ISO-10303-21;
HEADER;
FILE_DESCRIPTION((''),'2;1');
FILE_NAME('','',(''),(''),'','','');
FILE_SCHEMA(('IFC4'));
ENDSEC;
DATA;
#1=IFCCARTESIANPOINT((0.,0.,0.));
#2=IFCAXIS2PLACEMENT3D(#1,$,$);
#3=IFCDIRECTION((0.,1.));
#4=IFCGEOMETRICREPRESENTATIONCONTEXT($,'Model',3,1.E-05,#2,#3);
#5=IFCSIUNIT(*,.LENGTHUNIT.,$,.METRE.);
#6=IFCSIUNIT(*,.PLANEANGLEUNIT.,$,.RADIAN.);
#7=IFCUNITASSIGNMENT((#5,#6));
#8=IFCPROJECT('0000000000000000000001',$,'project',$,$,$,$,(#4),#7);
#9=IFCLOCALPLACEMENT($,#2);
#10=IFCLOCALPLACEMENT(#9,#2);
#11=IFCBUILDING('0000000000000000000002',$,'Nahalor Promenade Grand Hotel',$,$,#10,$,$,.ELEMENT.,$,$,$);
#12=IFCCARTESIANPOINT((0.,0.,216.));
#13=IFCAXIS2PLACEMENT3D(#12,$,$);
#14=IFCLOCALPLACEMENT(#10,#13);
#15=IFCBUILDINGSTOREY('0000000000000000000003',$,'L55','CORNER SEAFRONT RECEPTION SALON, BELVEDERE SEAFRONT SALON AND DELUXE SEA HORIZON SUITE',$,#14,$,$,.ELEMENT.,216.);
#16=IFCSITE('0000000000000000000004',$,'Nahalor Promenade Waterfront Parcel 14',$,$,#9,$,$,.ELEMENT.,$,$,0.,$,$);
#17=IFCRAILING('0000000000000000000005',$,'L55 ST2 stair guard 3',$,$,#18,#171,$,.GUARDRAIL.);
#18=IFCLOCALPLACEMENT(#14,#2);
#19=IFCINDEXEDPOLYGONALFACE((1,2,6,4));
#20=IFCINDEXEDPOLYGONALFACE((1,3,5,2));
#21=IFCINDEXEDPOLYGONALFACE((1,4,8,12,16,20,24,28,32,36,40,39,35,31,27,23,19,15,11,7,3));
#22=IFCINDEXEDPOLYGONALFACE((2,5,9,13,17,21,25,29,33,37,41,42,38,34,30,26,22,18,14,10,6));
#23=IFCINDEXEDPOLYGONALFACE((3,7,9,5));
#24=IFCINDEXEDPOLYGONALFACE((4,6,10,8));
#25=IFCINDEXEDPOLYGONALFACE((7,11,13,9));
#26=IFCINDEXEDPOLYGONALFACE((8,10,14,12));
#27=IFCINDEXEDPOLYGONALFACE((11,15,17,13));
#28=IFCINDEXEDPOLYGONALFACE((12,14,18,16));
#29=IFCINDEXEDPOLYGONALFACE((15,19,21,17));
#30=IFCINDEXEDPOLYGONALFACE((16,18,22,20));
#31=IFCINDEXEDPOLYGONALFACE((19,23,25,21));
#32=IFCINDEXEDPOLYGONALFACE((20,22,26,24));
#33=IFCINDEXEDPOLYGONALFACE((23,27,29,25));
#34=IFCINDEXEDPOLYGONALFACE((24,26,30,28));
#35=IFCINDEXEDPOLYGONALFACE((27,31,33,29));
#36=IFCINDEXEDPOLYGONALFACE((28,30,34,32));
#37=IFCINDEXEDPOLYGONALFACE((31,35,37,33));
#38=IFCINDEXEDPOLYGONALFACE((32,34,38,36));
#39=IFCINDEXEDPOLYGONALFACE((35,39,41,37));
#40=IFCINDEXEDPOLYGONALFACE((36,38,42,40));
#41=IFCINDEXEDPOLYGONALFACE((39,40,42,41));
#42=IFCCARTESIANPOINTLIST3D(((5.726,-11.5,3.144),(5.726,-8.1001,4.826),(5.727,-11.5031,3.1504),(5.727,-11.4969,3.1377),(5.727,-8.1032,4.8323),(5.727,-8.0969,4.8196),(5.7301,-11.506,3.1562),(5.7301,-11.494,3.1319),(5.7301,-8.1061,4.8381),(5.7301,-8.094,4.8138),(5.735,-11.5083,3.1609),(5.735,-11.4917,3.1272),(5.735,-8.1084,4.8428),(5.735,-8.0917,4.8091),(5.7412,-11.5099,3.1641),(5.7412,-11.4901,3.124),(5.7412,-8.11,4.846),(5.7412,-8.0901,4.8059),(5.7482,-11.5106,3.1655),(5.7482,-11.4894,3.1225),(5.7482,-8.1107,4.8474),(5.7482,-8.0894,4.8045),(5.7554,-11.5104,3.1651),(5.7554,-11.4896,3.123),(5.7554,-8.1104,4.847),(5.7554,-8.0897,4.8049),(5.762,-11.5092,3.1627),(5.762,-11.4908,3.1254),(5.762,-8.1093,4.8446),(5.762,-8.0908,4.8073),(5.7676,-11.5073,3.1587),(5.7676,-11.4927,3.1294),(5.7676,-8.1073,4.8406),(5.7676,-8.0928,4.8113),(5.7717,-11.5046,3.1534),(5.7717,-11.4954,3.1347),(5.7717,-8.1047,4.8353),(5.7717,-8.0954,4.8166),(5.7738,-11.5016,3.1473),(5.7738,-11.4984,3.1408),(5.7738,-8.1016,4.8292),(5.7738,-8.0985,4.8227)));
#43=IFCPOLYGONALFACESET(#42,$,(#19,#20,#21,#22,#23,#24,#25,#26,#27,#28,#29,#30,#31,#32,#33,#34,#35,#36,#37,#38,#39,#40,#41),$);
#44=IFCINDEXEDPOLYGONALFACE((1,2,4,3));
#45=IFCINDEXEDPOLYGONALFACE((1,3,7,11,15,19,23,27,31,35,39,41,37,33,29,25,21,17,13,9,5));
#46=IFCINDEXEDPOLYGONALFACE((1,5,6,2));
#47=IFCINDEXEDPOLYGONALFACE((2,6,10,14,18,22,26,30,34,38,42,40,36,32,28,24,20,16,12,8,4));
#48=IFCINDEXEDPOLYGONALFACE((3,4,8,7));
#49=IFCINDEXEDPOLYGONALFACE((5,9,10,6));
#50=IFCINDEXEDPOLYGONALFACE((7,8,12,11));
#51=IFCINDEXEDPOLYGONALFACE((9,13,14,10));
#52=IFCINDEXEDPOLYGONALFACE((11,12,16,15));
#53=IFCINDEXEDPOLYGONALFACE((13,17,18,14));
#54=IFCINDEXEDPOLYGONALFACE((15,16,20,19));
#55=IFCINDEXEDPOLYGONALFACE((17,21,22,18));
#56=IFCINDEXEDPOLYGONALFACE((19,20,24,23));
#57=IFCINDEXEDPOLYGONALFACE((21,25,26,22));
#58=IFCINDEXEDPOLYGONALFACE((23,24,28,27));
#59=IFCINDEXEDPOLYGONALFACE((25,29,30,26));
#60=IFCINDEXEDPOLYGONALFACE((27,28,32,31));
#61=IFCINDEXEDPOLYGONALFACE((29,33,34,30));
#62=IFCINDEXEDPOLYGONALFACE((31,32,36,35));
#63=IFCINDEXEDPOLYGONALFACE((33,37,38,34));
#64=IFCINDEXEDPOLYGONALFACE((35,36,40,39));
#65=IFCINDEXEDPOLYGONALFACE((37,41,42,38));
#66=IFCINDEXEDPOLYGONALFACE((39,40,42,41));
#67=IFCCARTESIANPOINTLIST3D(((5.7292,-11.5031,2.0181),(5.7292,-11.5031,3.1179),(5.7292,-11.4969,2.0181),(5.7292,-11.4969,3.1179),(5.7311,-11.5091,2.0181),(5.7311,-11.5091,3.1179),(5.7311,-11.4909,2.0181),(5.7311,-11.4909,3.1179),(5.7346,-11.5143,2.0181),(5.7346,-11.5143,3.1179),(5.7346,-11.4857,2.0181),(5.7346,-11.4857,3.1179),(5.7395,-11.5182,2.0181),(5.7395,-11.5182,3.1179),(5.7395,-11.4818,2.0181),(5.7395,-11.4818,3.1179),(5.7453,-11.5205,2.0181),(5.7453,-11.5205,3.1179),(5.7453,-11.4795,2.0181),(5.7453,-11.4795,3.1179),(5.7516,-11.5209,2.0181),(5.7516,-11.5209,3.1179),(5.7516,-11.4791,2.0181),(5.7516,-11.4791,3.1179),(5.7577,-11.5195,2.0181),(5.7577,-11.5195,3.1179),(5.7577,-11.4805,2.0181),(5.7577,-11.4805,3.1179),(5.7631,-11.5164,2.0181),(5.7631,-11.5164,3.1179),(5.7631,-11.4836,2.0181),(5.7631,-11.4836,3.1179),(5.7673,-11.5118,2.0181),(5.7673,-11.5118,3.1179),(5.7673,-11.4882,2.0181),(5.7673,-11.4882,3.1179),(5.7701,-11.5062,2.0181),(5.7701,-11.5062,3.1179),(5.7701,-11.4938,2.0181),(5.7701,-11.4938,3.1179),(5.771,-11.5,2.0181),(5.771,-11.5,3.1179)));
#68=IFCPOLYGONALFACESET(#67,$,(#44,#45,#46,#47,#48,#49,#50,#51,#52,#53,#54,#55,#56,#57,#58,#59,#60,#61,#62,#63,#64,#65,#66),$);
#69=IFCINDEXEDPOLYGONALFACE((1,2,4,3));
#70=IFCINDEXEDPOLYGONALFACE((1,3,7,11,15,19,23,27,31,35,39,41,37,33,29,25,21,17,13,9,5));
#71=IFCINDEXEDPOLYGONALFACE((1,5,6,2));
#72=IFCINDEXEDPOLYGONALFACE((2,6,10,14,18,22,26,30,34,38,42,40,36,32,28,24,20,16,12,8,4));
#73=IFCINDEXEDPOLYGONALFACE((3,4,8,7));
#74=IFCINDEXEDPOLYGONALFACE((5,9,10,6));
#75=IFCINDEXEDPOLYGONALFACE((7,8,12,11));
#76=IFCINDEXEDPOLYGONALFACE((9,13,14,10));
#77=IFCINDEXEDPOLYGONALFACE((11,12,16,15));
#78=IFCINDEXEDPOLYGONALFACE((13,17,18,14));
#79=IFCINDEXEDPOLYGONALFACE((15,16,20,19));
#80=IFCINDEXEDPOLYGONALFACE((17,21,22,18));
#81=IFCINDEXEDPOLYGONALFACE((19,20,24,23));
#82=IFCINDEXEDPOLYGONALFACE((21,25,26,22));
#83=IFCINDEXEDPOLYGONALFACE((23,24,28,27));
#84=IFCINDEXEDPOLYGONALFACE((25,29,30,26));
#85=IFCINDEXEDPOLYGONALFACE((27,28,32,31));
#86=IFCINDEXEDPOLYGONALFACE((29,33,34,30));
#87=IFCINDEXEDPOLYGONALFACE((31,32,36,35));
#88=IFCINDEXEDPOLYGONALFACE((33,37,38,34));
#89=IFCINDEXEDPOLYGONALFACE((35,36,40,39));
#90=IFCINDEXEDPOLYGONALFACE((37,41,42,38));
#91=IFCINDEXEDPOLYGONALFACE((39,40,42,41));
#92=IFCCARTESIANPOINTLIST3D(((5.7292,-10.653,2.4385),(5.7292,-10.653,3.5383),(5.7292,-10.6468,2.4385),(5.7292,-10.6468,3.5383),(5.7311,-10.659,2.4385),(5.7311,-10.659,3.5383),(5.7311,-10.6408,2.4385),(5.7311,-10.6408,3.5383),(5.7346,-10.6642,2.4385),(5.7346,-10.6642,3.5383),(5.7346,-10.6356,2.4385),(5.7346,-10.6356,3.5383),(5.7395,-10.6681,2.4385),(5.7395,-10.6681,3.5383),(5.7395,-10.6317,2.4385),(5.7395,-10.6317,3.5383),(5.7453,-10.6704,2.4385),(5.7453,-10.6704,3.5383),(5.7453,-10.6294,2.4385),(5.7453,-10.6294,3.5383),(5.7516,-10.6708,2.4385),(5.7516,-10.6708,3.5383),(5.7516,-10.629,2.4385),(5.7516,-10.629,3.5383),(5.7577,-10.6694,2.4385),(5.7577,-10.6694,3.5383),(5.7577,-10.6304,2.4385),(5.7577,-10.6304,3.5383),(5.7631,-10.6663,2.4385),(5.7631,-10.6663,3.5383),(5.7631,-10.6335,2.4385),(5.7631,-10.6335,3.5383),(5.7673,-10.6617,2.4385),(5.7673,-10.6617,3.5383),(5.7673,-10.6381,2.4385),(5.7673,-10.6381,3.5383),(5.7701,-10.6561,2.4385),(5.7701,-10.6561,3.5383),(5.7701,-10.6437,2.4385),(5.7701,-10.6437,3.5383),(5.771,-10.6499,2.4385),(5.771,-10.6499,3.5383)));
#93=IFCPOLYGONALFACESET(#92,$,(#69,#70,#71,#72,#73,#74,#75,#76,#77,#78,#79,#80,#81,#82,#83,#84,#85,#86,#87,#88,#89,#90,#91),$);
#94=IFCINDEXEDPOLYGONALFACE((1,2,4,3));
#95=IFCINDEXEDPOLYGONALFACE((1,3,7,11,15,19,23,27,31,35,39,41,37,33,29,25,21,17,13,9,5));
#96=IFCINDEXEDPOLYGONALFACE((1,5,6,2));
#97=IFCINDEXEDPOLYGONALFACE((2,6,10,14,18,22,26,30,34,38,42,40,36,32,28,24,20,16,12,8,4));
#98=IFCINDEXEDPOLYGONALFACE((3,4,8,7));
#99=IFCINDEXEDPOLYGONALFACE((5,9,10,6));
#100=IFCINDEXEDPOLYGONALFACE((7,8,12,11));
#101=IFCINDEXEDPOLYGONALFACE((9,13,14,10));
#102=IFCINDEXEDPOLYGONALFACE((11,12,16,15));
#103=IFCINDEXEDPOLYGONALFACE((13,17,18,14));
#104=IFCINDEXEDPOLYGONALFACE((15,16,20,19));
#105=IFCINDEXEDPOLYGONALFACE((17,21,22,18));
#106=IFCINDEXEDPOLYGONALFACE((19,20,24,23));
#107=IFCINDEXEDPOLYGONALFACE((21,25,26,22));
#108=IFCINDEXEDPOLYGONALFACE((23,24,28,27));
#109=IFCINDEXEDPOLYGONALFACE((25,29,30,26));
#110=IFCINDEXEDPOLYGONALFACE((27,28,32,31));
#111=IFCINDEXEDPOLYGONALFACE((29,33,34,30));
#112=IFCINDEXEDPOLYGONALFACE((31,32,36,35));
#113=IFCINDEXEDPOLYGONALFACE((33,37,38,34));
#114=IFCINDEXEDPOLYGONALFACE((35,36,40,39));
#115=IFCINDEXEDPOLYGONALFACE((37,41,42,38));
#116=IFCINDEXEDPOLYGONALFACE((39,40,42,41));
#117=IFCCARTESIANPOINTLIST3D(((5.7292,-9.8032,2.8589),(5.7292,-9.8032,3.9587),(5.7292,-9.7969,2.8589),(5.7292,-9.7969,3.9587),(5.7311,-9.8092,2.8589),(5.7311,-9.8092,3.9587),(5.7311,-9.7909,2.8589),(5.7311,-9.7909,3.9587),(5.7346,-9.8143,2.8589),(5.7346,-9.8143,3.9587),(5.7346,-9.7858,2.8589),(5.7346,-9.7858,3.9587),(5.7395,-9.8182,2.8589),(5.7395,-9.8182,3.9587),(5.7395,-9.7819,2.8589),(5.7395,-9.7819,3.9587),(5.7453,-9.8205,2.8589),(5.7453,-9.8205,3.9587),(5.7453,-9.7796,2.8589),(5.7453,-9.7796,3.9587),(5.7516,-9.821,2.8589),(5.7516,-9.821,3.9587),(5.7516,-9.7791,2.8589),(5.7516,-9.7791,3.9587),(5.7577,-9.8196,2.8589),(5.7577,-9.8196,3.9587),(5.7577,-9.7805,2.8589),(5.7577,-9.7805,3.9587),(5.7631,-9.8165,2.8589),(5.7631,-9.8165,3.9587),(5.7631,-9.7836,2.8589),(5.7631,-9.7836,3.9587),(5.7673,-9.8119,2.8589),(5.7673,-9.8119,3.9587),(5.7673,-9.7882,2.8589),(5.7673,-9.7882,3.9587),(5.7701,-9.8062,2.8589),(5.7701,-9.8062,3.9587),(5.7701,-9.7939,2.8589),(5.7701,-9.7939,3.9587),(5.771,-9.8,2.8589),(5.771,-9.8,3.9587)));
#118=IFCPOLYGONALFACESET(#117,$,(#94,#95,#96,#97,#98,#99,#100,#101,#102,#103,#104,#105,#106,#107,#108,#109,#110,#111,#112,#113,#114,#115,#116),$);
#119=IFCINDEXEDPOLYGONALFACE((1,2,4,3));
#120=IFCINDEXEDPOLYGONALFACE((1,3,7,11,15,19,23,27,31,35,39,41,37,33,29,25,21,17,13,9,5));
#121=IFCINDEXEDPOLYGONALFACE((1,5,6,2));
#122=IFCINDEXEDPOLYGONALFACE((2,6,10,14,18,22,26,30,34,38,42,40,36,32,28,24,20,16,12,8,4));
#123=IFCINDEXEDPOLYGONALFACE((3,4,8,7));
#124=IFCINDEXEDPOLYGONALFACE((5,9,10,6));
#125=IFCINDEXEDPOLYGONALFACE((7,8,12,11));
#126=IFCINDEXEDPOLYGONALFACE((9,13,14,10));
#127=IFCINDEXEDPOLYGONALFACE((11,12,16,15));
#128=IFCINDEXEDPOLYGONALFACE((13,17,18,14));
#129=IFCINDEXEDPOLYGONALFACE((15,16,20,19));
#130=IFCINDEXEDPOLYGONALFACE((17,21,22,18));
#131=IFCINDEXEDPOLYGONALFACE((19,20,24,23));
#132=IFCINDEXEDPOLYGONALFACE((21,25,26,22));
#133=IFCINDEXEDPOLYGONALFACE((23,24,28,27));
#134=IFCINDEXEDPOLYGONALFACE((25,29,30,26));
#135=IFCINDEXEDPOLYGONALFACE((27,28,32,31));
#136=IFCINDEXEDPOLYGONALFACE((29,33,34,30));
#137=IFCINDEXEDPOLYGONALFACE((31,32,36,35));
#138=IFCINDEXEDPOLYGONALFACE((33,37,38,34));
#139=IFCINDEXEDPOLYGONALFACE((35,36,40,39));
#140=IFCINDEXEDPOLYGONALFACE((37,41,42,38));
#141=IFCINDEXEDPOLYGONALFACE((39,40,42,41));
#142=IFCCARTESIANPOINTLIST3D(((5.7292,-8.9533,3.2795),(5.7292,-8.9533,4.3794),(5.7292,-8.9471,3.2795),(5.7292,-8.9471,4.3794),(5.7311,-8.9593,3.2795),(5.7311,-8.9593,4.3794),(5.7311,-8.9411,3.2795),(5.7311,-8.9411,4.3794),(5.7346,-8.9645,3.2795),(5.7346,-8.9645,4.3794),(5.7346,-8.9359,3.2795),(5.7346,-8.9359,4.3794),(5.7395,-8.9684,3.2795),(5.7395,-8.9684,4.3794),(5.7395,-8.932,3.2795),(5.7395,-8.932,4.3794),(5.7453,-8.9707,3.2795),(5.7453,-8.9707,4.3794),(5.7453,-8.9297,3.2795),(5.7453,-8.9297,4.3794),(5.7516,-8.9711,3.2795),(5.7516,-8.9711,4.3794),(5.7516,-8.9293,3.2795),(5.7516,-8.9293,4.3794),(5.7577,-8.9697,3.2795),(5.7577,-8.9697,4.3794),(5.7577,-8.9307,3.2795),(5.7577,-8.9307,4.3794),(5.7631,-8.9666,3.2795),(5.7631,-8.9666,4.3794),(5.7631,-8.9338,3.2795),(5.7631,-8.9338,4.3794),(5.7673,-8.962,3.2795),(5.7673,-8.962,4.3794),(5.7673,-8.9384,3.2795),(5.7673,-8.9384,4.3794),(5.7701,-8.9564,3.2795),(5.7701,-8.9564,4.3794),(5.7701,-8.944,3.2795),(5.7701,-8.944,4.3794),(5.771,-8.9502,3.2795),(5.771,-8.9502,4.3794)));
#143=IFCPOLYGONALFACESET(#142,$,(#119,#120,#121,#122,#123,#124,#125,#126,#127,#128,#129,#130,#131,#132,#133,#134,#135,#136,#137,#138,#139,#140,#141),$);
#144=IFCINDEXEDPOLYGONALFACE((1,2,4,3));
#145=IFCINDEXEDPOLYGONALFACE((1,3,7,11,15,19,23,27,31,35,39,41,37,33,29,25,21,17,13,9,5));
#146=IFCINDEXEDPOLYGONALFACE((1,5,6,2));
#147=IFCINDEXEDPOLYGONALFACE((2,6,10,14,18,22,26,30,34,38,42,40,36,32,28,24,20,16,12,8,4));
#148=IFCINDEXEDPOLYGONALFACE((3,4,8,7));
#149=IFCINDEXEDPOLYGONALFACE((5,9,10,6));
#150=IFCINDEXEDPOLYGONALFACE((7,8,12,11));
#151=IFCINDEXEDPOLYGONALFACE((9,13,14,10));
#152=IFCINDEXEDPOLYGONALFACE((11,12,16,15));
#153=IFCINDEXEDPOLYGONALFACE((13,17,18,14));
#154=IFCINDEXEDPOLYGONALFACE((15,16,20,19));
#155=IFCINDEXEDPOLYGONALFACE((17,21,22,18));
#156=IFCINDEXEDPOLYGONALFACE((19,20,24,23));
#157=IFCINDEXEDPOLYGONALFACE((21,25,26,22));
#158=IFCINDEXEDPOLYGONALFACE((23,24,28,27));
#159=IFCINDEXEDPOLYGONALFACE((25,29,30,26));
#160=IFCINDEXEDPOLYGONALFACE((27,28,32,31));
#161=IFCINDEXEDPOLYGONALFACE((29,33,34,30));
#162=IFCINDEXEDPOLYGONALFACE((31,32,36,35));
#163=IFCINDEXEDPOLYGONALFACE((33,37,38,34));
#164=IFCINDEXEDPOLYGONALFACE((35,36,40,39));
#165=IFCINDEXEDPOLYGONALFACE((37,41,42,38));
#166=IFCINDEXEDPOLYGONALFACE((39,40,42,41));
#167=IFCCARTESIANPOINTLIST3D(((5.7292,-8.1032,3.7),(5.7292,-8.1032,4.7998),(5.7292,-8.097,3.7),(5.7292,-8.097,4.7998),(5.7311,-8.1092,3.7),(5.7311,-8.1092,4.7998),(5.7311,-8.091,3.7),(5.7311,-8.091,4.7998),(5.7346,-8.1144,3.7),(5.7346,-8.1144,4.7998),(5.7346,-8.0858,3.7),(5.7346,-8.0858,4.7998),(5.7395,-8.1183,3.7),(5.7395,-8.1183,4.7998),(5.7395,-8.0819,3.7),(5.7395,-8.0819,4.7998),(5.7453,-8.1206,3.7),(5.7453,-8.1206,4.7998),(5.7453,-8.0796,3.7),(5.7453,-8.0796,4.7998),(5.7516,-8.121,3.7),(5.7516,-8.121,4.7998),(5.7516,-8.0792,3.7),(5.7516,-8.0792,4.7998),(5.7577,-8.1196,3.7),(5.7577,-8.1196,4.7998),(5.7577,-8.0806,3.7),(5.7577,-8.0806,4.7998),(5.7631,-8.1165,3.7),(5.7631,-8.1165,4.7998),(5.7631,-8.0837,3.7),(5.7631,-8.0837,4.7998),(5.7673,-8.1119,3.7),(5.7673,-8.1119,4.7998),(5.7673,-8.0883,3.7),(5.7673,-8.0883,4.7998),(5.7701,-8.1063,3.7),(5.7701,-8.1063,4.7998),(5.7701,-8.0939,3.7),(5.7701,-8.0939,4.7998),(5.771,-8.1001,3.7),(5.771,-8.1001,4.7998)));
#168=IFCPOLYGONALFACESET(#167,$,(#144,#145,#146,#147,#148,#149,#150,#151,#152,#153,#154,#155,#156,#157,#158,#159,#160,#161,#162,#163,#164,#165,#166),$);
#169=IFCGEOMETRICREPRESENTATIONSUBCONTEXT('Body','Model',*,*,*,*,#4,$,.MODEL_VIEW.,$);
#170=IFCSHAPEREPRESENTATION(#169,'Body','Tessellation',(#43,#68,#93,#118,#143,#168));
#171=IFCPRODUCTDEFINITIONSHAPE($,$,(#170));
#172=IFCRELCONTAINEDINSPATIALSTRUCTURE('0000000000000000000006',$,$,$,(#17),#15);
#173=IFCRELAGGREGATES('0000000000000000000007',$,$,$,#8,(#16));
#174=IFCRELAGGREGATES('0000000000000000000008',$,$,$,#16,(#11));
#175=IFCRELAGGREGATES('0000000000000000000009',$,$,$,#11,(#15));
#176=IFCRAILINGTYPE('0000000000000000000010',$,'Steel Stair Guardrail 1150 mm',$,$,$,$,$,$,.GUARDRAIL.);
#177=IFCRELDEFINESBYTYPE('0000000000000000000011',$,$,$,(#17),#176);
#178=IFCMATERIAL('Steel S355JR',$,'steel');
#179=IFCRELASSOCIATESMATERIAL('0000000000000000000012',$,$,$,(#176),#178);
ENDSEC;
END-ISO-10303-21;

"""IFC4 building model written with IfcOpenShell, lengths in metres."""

from ifc_helpers import new_model, si_unit, direction, frame, origin, origin_2d, place, context, subcontext, project, spatial, circle, extrude, material, type_object, element, save


model = new_model("IFC4")

# Units and contexts
model_context = context("Model", 3, precision=1e-05, world=origin(), true_north=direction((0.0, 1.0)))
body_context = subcontext(model_context, "Body", "Model", "MODEL_VIEW")
ifc_project = project(units=[si_unit("LENGTHUNIT", "METRE"), si_unit("PLANEANGLEUNIT", "RADIAN")], contexts=[model_context])

# Site, building, storey
site_placement = place(None, origin())
site = spatial("IfcSite", under=ifc_project, at=site_placement, Name="Nahalor Promenade Waterfront Parcel 14", CompositionType="ELEMENT", RefElevation=0.0)
building_placement = place(site_placement, origin())
building = spatial("IfcBuilding", under=site, at=building_placement, Name="Nahalor Promenade Grand Hotel", CompositionType="ELEMENT")
storey_placement = place(building_placement, frame((0.0, 0.0, 216.0)))
storey = spatial("IfcBuildingStorey", under=building, at=storey_placement, Name="L55", Description="CORNER SEAFRONT RECEPTION SALON, BELVEDERE SEAFRONT SALON AND DELUXE SEA HORIZON SUITE", CompositionType="ELEMENT", Elevation=216.0)

# Shared definitions
ifc_material_1 = material(Name="Steel S355JR", Category="steel")

# Railing
railing_type_1 = type_object("IfcRailingType", Name="Steel Stair Guardrail 1150 mm", PredefinedType="GUARDRAIL", material=ifc_material_1)
railing_1_placement = place(storey_placement, frame((5.75, -11.5, 2.0181)))
element("IfcRailing", 1, at=railing_1_placement, inside=storey, type_object=railing_type_1, Name="L55 ST2 stair guard 3", PredefinedType="GUARDRAIL", context=body_context, shape_type="SweptSolid", body=[
    extrude(circle(Radius=0.024, at=origin_2d()), frame((0.0, 0.0, 1.126), z_axis=(0.0, 0.896324, 0.443399), x_axis=(-1.0, 0.0, 0.0)), (0.0, 0.0, 1.0), 3.7932),
    extrude(circle(Radius=0.021, at=origin_2d()), origin(), (0.0, 0.0, 1.0), 1.0999),
    extrude(circle(Radius=0.021, at=origin_2d()), frame((0.0, 0.8501, 0.4204)), (0.0, 0.0, 1.0), 1.0999),
    extrude(circle(Radius=0.021, at=origin_2d()), frame((0.0, 1.7, 0.8408)), (0.0, 0.0, 1.0), 1.0999),
    extrude(circle(Radius=0.021, at=origin_2d()), frame((0.0, 2.5498, 1.2615)), (0.0, 0.0, 1.0), 1.0999),
    extrude(circle(Radius=0.021, at=origin_2d()), frame((0.0, 3.3999, 1.6819)), (0.0, 0.0, 1.0), 1.0999),
])

save(model, "model.ifc")
